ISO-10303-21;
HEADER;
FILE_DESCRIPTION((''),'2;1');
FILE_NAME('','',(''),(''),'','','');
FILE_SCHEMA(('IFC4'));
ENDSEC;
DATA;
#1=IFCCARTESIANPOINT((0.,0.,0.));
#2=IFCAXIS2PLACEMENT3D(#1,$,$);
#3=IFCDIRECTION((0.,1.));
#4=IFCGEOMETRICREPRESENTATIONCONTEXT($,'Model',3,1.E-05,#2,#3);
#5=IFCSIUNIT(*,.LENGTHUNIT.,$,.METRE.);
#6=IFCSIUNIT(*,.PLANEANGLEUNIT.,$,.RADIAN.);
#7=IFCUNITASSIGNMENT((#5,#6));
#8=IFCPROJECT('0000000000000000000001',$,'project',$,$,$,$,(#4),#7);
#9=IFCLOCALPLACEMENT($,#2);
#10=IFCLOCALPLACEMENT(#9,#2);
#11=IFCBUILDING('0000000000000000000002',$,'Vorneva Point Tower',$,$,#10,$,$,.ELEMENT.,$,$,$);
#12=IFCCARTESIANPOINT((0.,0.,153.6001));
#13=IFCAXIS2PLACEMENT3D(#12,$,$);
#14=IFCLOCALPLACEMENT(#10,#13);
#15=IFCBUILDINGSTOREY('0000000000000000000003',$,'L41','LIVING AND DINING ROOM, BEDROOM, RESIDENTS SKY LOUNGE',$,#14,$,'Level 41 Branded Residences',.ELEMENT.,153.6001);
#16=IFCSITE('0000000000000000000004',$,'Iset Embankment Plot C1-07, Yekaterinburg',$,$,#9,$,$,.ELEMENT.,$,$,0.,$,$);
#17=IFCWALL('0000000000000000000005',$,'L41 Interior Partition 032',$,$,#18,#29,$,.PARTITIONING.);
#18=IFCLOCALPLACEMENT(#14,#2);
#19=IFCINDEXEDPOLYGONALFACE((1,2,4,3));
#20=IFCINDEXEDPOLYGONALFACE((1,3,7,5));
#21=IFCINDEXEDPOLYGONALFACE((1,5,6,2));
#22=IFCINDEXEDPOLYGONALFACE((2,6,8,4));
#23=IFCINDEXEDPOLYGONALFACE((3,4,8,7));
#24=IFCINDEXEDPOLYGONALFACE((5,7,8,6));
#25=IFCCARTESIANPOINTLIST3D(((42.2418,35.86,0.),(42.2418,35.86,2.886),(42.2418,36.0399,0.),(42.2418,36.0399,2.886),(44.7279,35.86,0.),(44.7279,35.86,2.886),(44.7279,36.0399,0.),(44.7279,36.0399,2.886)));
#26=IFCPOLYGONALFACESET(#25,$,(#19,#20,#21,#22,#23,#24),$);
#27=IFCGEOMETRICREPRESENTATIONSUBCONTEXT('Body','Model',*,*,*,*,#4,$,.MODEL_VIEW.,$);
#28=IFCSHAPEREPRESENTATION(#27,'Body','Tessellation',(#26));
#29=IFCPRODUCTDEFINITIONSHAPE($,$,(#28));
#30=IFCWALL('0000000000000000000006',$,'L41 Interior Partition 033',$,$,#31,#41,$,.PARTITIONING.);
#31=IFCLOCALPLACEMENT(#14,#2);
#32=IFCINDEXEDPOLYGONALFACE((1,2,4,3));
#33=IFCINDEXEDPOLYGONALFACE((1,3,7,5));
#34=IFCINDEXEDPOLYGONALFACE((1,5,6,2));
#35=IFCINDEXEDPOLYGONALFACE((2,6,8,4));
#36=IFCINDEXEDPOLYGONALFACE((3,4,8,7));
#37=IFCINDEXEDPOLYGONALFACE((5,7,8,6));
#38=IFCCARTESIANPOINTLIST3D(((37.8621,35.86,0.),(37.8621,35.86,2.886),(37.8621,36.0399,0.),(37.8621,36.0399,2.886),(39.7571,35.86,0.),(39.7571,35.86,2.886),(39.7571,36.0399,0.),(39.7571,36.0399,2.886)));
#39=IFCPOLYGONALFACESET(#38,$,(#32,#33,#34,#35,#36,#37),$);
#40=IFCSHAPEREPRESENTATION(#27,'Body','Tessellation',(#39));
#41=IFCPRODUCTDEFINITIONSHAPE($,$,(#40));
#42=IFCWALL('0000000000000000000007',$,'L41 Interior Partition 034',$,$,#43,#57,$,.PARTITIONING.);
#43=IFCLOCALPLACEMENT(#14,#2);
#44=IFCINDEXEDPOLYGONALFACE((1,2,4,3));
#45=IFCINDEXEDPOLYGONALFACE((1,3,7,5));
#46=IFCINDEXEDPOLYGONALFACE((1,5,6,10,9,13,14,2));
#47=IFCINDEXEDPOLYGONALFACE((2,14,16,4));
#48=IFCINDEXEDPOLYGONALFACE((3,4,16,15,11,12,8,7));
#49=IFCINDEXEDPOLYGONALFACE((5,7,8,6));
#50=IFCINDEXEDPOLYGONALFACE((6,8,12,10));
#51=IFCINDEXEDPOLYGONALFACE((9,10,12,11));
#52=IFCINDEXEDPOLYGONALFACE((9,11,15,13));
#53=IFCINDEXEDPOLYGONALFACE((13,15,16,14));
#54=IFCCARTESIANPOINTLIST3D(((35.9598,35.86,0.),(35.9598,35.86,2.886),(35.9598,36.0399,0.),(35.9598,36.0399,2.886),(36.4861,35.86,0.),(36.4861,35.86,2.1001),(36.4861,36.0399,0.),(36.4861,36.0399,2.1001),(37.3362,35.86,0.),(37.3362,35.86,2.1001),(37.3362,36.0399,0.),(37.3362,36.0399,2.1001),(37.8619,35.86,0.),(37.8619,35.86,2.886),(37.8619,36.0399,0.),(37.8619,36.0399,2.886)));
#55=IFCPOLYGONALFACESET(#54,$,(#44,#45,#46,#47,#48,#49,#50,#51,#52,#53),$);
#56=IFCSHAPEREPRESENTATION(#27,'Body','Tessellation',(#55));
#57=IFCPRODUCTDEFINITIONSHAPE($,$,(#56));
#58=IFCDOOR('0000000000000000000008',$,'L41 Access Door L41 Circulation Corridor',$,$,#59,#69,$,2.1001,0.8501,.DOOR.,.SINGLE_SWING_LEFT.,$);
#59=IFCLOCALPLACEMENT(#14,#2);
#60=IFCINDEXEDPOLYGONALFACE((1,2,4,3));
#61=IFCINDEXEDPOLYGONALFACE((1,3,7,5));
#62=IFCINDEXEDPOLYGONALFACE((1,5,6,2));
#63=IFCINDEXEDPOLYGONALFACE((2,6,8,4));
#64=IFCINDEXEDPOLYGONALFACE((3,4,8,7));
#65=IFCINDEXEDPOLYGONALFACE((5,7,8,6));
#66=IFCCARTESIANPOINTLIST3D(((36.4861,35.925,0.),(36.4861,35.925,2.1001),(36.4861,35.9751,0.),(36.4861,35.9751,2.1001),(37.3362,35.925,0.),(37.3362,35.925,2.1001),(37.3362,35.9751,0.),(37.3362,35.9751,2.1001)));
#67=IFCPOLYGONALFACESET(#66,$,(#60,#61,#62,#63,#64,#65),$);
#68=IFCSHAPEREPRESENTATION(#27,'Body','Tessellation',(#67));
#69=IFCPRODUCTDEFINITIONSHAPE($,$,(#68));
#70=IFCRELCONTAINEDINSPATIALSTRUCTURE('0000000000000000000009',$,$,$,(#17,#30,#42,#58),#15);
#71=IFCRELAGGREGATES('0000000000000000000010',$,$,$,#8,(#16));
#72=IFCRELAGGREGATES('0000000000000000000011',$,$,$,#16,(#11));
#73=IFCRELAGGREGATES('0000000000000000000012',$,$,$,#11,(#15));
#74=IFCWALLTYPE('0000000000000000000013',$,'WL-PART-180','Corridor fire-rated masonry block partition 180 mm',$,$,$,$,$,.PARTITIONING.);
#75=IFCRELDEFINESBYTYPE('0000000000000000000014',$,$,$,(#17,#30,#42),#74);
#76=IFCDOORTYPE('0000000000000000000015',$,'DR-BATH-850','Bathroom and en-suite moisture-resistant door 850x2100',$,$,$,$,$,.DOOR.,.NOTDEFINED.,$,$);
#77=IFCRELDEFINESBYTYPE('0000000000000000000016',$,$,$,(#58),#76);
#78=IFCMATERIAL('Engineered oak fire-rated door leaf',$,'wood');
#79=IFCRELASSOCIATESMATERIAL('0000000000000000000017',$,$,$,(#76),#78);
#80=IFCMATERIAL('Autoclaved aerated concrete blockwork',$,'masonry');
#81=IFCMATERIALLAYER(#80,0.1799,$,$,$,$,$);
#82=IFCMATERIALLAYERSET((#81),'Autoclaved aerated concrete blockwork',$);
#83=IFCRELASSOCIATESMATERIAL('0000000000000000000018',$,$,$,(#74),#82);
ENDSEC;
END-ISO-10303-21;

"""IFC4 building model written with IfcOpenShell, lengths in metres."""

from ifc_helpers import new_model, si_unit, direction, frame, frame_2d, origin, place, context, subcontext, project, spatial, rectangle, extrude, material, layer, layer_set, type_object, element, fill, save


model = new_model("IFC4")

# Units and contexts
model_context = context("Model", 3, precision=1e-05, world=origin(), true_north=direction((0.0, 1.0)))
body_context = subcontext(model_context, "Body", "Model", "MODEL_VIEW")
ifc_project = project(units=[si_unit("LENGTHUNIT", "METRE"), si_unit("PLANEANGLEUNIT", "RADIAN")], contexts=[model_context])

# Site, building, storey
site_placement = place(None, origin())
site = spatial("IfcSite", under=ifc_project, at=site_placement, Name="Iset Embankment Plot C1-07, Yekaterinburg", CompositionType="ELEMENT", RefElevation=0.0)
building_placement = place(site_placement, origin())
building = spatial("IfcBuilding", under=site, at=building_placement, Name="Vorneva Point Tower", CompositionType="ELEMENT")
storey_placement = place(building_placement, frame((0.0, 0.0, 153.6001)))
storey = spatial("IfcBuildingStorey", under=building, at=storey_placement, Name="L41", Description="LIVING AND DINING ROOM, BEDROOM, RESIDENTS SKY LOUNGE", LongName="Level 41 Branded Residences", CompositionType="ELEMENT", Elevation=153.6001)

# Shared definitions
ifc_material_1 = material(Name="Engineered oak fire-rated door leaf", Category="wood")
door_type_1 = type_object("IfcDoorType", Name="DR-BATH-850", Description="Bathroom and en-suite moisture-resistant door 850x2100", OperationType="NOTDEFINED", PredefinedType="DOOR", material=ifc_material_1)

# Shared definitions
ifc_material_2 = material(Name="Autoclaved aerated concrete blockwork", Category="masonry")
ifc_layer_1 = layer(ifc_material_2, 0.1799)
ifc_layer_set_1 = layer_set([ifc_layer_1], Name="Autoclaved aerated concrete blockwork")
wall_type_1 = type_object("IfcWallType", Name="WL-PART-180", Description="Corridor fire-rated masonry block partition 180 mm", PredefinedType="PARTITIONING", material=ifc_layer_set_1)

# Walls
wall_1_placement = place(storey_placement, frame((44.728, 35.95, 0.0), z_axis=(0.0, 0.0, 1.0), x_axis=(-1.0, 0.0, 0.0)))
element("IfcWall", 1, at=wall_1_placement, inside=storey, type_object=wall_type_1, Name="L41 Interior Partition 032", PredefinedType="PARTITIONING", context=body_context, shape_type="SweptSolid", body=[
    extrude(rectangle(XDim=2.4861, YDim=0.1799, at=frame_2d((1.2432, 0.0))), origin(), (0.0, 0.0, 1.0), 2.886),
])
wall_2_placement = place(storey_placement, frame((39.7571, 35.95, 0.0), z_axis=(0.0, 0.0, 1.0), x_axis=(-1.0, 0.0, 0.0)))
element("IfcWall", 2, at=wall_2_placement, inside=storey, type_object=wall_type_1, Name="L41 Interior Partition 033", PredefinedType="PARTITIONING", context=body_context, shape_type="SweptSolid", body=[
    extrude(rectangle(XDim=1.895, YDim=0.1799, at=frame_2d((0.9475, 0.0))), origin(), (0.0, 0.0, 1.0), 2.886),
])

# Wall, opening, door
wall_3_placement = place(storey_placement, frame((37.8621, 35.95, 0.0), z_axis=(0.0, 0.0, 1.0), x_axis=(-1.0, 0.0, 0.0)))
wall_3 = element("IfcWall", 3, at=wall_3_placement, inside=storey, type_object=wall_type_1, Name="L41 Interior Partition 034", PredefinedType="PARTITIONING", context=body_context, shape_type="SweptSolid", body=[
    extrude(rectangle(XDim=1.9021, YDim=0.1799, at=frame_2d((0.9512, 0.0))), origin(), (0.0, 0.0, 1.0), 2.886),
])
opening_1_placement = place(wall_3_placement, frame((0.5259, 0.0, 0.0)))
opening_1 = element("IfcOpeningElement", 4, at=opening_1_placement, cuts=wall_3, PredefinedType="OPENING", context=body_context, shape_type="SweptSolid", body=[
    extrude(rectangle(XDim=0.8501, YDim=2.1001, at=frame_2d((0.425, 1.05))), frame((0.0, 0.105, 0.0), z_axis=(0.0, -1.0, 0.0), x_axis=(1.0, 0.0, 0.0)), (0.0, 0.0, 1.0), 0.2097),
])
door_1_placement = place(opening_1_placement, origin())
door_1 = element("IfcDoor", 5, at=door_1_placement, inside=storey, type_object=door_type_1, Name="L41 Access Door L41 Circulation Corridor", OperationType="SINGLE_SWING_LEFT", OverallHeight=2.1001, OverallWidth=0.8501, PredefinedType="DOOR", context=body_context, shape_type="SweptSolid", body=[
    extrude(rectangle(XDim=0.8501, YDim=2.1001, at=frame_2d((0.425, 1.05))), frame((0.0, 0.0249, 0.0), z_axis=(0.0, -1.0, 0.0), x_axis=(1.0, 0.0, 0.0)), (0.0, 0.0, 1.0), 0.05),
])
fill(opening_1, door_1)

save(model, "model.ifc")
